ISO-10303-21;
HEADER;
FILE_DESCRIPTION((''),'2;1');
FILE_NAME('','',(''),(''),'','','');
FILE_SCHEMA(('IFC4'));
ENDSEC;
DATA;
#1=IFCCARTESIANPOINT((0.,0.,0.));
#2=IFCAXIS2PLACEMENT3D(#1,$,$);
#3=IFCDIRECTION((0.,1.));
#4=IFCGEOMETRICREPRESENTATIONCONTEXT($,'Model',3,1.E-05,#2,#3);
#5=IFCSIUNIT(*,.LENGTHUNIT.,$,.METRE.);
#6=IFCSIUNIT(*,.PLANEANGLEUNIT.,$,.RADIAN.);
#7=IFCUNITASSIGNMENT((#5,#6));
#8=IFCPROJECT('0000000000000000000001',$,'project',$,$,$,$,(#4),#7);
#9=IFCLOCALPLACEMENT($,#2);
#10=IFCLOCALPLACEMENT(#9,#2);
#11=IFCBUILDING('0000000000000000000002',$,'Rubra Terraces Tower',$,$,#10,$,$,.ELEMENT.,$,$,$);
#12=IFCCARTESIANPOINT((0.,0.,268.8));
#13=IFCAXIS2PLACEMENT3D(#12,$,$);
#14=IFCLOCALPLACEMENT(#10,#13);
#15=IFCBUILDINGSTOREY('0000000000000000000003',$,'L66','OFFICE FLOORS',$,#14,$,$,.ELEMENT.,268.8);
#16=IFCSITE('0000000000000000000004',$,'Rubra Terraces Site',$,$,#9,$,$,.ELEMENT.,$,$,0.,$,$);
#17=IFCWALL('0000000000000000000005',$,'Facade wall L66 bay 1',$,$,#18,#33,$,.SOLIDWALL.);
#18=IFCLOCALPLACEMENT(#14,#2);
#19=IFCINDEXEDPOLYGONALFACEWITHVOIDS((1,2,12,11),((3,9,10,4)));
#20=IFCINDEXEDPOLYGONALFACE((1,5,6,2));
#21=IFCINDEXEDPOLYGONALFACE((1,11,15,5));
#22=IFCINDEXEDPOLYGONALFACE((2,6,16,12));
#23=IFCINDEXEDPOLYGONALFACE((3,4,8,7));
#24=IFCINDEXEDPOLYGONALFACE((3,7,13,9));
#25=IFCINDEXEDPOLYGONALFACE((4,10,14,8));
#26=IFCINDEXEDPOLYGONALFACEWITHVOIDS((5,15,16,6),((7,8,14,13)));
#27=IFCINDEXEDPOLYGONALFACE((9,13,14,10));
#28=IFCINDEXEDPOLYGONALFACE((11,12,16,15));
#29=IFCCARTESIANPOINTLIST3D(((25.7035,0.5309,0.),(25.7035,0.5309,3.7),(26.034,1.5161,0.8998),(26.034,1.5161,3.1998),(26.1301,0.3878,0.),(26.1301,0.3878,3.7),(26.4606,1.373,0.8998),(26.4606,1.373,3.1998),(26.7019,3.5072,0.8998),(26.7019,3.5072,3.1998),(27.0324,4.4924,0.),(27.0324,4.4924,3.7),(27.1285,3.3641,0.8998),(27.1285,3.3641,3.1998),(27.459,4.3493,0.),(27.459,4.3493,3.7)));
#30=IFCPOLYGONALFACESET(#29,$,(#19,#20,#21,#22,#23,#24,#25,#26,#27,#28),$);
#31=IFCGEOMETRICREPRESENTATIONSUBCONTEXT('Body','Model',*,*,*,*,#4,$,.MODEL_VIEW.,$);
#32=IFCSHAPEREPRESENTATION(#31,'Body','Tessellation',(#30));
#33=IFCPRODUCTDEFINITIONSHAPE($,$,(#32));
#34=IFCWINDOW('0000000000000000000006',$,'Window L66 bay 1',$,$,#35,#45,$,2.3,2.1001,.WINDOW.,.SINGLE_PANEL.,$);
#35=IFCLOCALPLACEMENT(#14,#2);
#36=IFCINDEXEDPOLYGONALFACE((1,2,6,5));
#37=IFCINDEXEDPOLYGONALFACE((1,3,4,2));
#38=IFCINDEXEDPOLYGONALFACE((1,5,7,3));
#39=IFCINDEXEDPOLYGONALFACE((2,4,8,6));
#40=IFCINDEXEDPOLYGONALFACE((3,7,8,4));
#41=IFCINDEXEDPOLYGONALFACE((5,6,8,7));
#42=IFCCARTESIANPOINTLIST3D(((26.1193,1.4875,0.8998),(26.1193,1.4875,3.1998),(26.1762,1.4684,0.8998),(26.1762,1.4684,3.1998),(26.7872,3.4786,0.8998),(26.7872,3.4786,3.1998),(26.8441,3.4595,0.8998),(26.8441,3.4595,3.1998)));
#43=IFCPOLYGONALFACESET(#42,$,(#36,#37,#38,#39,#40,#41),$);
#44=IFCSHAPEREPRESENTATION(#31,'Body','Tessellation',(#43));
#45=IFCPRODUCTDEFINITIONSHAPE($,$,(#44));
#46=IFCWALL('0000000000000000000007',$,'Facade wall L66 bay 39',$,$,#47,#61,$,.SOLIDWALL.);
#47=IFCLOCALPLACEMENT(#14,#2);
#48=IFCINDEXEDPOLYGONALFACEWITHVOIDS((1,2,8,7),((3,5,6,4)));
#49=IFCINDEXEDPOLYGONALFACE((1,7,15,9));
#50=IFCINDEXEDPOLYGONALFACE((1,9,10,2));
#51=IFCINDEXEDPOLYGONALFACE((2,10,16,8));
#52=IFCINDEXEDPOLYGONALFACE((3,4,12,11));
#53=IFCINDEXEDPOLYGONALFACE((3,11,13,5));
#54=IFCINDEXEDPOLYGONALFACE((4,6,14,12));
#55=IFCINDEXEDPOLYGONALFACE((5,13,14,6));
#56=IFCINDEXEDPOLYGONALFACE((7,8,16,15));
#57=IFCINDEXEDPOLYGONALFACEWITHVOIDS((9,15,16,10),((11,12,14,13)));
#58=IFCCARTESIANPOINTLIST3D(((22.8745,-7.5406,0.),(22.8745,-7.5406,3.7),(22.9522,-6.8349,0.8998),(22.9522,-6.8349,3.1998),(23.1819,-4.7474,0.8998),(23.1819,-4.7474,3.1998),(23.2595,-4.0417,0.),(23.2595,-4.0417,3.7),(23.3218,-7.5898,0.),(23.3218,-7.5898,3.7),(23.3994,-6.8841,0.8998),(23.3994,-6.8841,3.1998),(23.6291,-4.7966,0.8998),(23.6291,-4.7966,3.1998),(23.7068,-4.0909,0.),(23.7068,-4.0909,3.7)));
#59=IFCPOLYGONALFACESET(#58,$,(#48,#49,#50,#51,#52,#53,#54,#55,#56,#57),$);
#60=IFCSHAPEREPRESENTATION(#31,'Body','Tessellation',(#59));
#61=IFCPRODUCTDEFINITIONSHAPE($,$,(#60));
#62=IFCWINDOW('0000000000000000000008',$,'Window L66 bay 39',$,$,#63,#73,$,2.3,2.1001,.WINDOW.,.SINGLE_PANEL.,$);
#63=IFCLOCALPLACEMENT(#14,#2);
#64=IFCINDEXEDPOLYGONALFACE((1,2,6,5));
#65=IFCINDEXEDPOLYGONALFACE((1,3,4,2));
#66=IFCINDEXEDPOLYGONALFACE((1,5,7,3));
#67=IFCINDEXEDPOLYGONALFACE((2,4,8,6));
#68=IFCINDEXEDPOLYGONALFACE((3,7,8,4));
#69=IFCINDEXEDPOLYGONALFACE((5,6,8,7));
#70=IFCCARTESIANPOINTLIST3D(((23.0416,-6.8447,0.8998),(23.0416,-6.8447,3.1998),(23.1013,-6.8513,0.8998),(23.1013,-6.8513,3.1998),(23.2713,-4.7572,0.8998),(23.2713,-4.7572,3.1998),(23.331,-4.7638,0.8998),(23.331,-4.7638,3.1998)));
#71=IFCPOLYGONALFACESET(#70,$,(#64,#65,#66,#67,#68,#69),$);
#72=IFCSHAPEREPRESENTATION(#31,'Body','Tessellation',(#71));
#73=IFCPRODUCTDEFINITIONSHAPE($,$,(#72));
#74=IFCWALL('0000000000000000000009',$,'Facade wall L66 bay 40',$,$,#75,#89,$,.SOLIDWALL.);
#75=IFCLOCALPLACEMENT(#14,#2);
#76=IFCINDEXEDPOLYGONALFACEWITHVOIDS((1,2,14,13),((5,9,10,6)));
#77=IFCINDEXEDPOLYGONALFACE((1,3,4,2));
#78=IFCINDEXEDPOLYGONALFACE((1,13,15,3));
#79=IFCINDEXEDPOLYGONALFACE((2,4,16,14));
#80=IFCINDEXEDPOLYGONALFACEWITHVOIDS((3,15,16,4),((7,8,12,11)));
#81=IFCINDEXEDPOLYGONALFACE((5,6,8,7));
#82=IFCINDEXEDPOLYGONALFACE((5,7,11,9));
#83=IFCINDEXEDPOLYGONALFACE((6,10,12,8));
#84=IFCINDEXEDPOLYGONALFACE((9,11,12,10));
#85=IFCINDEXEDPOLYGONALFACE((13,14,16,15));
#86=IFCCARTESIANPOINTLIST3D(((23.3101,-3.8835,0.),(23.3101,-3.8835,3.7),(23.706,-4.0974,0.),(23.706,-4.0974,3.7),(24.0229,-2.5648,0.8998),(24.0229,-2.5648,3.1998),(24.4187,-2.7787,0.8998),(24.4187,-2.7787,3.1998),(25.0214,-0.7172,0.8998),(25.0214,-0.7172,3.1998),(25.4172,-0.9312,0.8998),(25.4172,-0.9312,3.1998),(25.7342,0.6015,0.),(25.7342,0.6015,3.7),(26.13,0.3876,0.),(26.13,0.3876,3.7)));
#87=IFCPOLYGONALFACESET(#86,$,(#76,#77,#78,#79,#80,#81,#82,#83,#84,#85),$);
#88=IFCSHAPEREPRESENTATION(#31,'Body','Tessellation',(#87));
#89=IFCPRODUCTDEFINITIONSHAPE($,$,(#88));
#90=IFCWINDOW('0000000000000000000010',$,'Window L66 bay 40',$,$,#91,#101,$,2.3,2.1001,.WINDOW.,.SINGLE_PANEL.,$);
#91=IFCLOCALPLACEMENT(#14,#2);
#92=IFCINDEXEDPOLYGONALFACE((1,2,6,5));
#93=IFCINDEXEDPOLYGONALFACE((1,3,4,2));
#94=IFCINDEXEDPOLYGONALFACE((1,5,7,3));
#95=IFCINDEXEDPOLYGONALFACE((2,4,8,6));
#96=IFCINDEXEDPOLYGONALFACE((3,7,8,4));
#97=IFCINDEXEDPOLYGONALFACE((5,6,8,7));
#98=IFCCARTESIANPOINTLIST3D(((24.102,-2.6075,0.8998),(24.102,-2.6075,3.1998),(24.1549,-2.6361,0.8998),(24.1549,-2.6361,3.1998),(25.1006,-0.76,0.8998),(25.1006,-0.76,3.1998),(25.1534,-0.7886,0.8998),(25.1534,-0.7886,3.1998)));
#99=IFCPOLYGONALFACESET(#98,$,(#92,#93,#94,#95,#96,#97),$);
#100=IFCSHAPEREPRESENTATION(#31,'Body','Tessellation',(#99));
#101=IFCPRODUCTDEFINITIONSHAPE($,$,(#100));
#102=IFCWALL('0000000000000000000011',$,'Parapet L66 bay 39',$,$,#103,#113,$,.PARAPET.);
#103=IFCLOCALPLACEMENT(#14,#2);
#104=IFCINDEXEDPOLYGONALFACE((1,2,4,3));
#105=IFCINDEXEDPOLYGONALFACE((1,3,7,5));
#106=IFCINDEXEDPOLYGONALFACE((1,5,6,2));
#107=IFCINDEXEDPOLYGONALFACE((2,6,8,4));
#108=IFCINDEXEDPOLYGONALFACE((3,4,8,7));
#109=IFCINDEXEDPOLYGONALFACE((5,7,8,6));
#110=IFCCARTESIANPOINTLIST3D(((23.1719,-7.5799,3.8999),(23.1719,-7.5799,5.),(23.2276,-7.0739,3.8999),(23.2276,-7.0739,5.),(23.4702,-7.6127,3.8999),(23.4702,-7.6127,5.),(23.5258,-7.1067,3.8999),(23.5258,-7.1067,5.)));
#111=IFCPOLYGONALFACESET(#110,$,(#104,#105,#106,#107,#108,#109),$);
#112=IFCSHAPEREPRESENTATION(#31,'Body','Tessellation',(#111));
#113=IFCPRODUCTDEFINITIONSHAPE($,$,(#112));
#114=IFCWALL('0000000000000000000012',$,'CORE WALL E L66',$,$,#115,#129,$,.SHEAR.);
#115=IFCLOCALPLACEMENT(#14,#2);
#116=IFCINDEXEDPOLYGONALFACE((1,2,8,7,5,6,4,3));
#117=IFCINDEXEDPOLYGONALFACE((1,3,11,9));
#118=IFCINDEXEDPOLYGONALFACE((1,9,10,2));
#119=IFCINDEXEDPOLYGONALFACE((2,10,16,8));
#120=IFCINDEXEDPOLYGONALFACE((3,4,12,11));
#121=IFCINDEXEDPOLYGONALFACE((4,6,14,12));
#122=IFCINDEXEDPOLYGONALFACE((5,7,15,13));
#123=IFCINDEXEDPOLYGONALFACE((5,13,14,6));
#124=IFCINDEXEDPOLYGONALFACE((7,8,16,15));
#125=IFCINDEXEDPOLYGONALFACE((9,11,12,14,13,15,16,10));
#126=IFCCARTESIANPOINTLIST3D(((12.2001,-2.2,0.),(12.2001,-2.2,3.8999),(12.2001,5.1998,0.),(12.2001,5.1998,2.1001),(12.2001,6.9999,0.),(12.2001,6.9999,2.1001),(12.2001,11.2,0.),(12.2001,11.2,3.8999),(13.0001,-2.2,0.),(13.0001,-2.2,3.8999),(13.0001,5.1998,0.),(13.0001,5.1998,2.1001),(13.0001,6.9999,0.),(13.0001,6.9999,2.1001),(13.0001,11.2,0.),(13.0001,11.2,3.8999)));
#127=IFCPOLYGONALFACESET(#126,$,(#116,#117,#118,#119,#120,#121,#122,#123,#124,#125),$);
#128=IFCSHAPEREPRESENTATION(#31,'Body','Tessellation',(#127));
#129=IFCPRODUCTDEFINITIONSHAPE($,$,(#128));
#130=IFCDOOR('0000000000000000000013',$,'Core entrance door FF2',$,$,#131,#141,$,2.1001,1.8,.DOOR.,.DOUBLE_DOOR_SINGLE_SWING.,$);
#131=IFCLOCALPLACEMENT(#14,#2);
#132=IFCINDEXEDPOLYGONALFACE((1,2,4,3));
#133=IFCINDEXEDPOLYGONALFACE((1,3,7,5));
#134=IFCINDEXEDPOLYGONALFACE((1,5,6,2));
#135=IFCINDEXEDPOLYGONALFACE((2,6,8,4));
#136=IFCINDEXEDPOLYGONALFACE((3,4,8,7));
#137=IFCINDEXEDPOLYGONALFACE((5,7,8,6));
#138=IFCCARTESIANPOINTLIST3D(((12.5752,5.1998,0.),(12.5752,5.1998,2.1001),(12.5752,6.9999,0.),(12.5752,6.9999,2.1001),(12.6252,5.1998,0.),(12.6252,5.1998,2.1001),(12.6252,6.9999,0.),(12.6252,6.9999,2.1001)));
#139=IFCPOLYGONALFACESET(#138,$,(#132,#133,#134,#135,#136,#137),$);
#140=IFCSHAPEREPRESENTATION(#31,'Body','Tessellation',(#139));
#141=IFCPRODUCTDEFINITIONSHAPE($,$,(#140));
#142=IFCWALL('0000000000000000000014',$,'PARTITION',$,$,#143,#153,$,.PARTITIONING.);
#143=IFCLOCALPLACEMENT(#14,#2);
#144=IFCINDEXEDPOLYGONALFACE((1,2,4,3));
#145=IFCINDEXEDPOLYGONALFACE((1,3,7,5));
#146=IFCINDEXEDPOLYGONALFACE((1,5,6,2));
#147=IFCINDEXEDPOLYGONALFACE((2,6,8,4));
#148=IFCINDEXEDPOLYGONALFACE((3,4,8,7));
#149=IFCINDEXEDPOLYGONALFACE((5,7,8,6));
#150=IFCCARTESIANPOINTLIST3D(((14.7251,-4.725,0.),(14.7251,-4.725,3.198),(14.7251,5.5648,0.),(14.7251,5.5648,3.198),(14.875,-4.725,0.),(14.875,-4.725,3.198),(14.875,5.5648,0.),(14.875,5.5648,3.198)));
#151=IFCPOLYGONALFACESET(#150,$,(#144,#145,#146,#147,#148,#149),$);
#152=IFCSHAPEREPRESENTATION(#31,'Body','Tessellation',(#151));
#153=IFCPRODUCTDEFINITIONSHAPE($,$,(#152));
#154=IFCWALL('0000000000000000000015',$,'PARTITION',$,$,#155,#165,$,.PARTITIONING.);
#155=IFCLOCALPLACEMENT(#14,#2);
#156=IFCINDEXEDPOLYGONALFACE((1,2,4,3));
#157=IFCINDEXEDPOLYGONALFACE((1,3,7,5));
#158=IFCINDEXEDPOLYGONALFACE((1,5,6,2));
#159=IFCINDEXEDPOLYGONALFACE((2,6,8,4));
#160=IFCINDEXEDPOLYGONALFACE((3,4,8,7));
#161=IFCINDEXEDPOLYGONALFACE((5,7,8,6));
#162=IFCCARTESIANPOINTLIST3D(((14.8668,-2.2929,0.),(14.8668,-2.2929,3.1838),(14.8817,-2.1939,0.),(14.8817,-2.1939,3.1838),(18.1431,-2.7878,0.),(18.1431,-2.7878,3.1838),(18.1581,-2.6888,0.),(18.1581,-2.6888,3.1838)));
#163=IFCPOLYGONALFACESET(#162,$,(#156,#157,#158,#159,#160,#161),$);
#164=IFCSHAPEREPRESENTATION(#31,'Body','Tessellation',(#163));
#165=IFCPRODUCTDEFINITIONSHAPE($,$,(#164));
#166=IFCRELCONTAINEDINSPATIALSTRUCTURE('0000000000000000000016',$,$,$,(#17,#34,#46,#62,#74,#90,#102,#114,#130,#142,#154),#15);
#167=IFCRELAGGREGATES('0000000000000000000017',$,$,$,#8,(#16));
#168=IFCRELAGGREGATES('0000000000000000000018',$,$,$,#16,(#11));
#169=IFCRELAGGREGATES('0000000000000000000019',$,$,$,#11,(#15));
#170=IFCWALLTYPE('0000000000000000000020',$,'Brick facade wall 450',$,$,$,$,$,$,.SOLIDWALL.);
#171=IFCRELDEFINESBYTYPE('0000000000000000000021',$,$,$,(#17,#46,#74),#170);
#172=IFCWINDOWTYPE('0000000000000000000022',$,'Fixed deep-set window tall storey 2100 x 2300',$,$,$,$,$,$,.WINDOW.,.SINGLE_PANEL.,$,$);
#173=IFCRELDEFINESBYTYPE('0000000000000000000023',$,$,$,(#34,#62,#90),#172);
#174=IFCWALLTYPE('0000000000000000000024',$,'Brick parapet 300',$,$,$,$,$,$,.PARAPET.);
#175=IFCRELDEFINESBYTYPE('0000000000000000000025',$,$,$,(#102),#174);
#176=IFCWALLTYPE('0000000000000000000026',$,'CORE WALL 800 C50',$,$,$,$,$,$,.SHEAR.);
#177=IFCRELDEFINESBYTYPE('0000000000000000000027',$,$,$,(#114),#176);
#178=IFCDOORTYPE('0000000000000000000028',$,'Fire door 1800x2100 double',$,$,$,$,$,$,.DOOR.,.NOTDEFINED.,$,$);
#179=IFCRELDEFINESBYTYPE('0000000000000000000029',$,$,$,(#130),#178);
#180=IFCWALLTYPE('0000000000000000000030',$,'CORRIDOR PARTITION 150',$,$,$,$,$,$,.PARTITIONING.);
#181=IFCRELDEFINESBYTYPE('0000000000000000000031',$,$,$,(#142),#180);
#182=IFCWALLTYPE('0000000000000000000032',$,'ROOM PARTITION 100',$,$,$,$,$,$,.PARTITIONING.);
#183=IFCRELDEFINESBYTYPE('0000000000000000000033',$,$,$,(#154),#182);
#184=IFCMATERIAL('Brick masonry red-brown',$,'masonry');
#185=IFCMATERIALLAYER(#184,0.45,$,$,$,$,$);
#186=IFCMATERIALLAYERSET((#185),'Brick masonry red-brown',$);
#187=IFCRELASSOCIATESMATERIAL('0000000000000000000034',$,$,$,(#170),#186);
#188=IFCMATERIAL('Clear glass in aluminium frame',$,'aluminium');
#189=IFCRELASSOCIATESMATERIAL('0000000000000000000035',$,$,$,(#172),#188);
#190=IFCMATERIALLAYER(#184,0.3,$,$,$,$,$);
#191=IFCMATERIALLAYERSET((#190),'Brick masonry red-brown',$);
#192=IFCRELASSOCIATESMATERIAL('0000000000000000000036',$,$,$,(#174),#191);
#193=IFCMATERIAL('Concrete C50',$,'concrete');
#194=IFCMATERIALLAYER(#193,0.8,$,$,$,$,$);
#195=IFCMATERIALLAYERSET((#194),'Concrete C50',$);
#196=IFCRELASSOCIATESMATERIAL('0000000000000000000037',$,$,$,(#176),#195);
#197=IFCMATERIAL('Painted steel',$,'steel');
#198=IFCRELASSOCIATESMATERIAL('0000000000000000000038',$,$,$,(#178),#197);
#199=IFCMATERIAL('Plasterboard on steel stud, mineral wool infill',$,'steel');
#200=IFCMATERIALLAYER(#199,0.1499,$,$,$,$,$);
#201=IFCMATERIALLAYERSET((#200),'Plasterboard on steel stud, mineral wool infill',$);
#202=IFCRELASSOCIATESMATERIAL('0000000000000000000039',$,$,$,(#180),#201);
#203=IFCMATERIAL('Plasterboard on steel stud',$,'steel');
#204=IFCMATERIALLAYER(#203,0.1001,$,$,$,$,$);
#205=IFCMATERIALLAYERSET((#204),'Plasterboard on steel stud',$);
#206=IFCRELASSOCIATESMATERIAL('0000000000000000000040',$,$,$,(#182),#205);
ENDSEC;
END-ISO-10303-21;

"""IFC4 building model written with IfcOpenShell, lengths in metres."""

from ifc_helpers import new_model, si_unit, direction, frame, frame_2d, origin, place, context, subcontext, project, spatial, rectangle, extrude, material, layer, layer_set, type_object, element, fill, save


model = new_model("IFC4")

# Units and contexts
model_context = context("Model", 3, precision=1e-05, world=origin(), true_north=direction((0.0, 1.0)))
body_context = subcontext(model_context, "Body", "Model", "MODEL_VIEW")
ifc_project = project(units=[si_unit("LENGTHUNIT", "METRE"), si_unit("PLANEANGLEUNIT", "RADIAN")], contexts=[model_context])

# Site, building, storey
site_placement = place(None, origin())
site = spatial("IfcSite", under=ifc_project, at=site_placement, Name="Rubra Terraces Site", CompositionType="ELEMENT", RefElevation=0.0)
building_placement = place(site_placement, origin())
building = spatial("IfcBuilding", under=site, at=building_placement, Name="Rubra Terraces Tower", CompositionType="ELEMENT")
storey_placement = place(building_placement, frame((0.0, 0.0, 268.8)))
storey = spatial("IfcBuildingStorey", under=building, at=storey_placement, Name="L66", Description="OFFICE FLOORS", CompositionType="ELEMENT", Elevation=268.8)

# Shared definitions
ifc_material_1 = material(Name="Concrete C50", Category="concrete")

# Walls, openings, windows
ifc_material_2 = material(Name="Brick masonry red-brown", Category="masonry")
ifc_layer_1 = layer(ifc_material_2, 0.45)
ifc_layer_set_1 = layer_set([ifc_layer_1], Name="Brick masonry red-brown")
wall_type_1 = type_object("IfcWallType", Name="Brick facade wall 450", PredefinedType="SOLIDWALL", material=ifc_layer_set_1)
wall_1_placement = place(storey_placement, frame((25.9167, 0.4592, 0.0), z_axis=(0.0, 0.0, 1.0), x_axis=(0.318033, 0.94808, 0.0)))
wall_1 = element("IfcWall", 1, at=wall_1_placement, inside=storey, type_object=wall_type_1, Name="Facade wall L66 bay 1", PredefinedType="SOLIDWALL", context=body_context, shape_type="SweptSolid", body=[
    extrude(rectangle(XDim=4.1785, YDim=0.45, at=frame_2d((2.0894, 0.0))), origin(), (0.0, 0.0, 1.0), 3.7),
])
opening_1_placement = place(wall_1_placement, frame((1.0393, 0.0, 0.8999)))
opening_1 = element("IfcOpeningElement", 2, at=opening_1_placement, cuts=wall_1, PredefinedType="OPENING", context=body_context, shape_type="SweptSolid", body=[
    extrude(rectangle(XDim=2.1001, YDim=2.3, at=frame_2d((1.05, 1.1499))), frame((0.0, 0.2349, 0.0), z_axis=(0.0, -1.0, 0.0), x_axis=(1.0, 0.0, 0.0)), (0.0, 0.0, 1.0), 0.47),
])
ifc_material_3 = material(Name="Clear glass in aluminium frame", Category="aluminium")
window_type = type_object("IfcWindowType", Name="Fixed deep-set window tall storey 2100 x 2300", PartitioningType="SINGLE_PANEL", PredefinedType="WINDOW", material=ifc_material_3)
window_1_placement = place(opening_1_placement, origin())
window_1 = element("IfcWindow", 3, at=window_1_placement, inside=storey, type_object=window_type, Name="Window L66 bay 1", OverallHeight=2.3, OverallWidth=2.1001, PartitioningType="SINGLE_PANEL", PredefinedType="WINDOW", context=body_context, shape_type="SweptSolid", body=[
    extrude(rectangle(XDim=2.1001, YDim=2.3, at=frame_2d((1.05, 1.1499))), frame((0.0, 0.135, 0.0), z_axis=(0.0, -1.0, 0.0), x_axis=(1.0, 0.0, 0.0)), (0.0, 0.0, 1.0), 0.0601),
])
fill(opening_1, window_1)
wall_2_placement = place(storey_placement, frame((23.0981, -7.5652, 0.0), z_axis=(0.0, 0.0, 1.0), x_axis=(0.109381, 0.994, 0.0)))
wall_2 = element("IfcWall", 4, at=wall_2_placement, inside=storey, type_object=wall_type_1, Name="Facade wall L66 bay 39", PredefinedType="SOLIDWALL", context=body_context, shape_type="SweptSolid", body=[
    extrude(rectangle(XDim=3.52, YDim=0.45, at=frame_2d((1.76, 0.0))), origin(), (0.0, 0.0, 1.0), 3.7),
])
opening_2_placement = place(wall_2_placement, frame((0.71, 0.0, 0.8999)))
opening_2 = element("IfcOpeningElement", 5, at=opening_2_placement, cuts=wall_2, PredefinedType="OPENING", context=body_context, shape_type="SweptSolid", body=[
    extrude(rectangle(XDim=2.1001, YDim=2.3, at=frame_2d((1.05, 1.1499))), frame((0.0, 0.2349, 0.0), z_axis=(0.0, -1.0, 0.0), x_axis=(1.0, 0.0, 0.0)), (0.0, 0.0, 1.0), 0.47),
])
window_2_placement = place(opening_2_placement, origin())
window_2 = element("IfcWindow", 6, at=window_2_placement, inside=storey, type_object=window_type, Name="Window L66 bay 39", OverallHeight=2.3, OverallWidth=2.1001, PartitioningType="SINGLE_PANEL", PredefinedType="WINDOW", context=body_context, shape_type="SweptSolid", body=[
    extrude(rectangle(XDim=2.1001, YDim=2.3, at=frame_2d((1.05, 1.1499))), frame((0.0, 0.135, 0.0), z_axis=(0.0, -1.0, 0.0), x_axis=(1.0, 0.0, 0.0)), (0.0, 0.0, 1.0), 0.0601),
])
fill(opening_2, window_2)
wall_3_placement = place(storey_placement, frame((23.5081, -3.9905, 0.0), z_axis=(0.0, 0.0, 1.0), x_axis=(0.47547, 0.879732, 0.0)))
wall_3 = element("IfcWall", 7, at=wall_3_placement, inside=storey, type_object=wall_type_1, Name="Facade wall L66 bay 40", PredefinedType="SOLIDWALL", context=body_context, shape_type="SweptSolid", body=[
    extrude(rectangle(XDim=5.0981, YDim=0.45, at=frame_2d((2.5491, 0.0))), origin(), (0.0, 0.0, 1.0), 3.7),
])
opening_3_placement = place(wall_3_placement, frame((1.499, 0.0, 0.8999)))
opening_3 = element("IfcOpeningElement", 8, at=opening_3_placement, cuts=wall_3, PredefinedType="OPENING", context=body_context, shape_type="SweptSolid", body=[
    extrude(rectangle(XDim=2.1001, YDim=2.3, at=frame_2d((1.05, 1.1499))), frame((0.0, 0.2349, 0.0), z_axis=(0.0, -1.0, 0.0), x_axis=(1.0, 0.0, 0.0)), (0.0, 0.0, 1.0), 0.47),
])
window_3_placement = place(opening_3_placement, origin())
window_3 = element("IfcWindow", 9, at=window_3_placement, inside=storey, type_object=window_type, Name="Window L66 bay 40", OverallHeight=2.3, OverallWidth=2.1001, PartitioningType="SINGLE_PANEL", PredefinedType="WINDOW", context=body_context, shape_type="SweptSolid", body=[
    extrude(rectangle(XDim=2.1001, YDim=2.3, at=frame_2d((1.05, 1.1499))), frame((0.0, 0.135, 0.0), z_axis=(0.0, -1.0, 0.0), x_axis=(1.0, 0.0, 0.0)), (0.0, 0.0, 1.0), 0.0601),
])
fill(opening_3, window_3)

# Wall
ifc_layer_2 = layer(ifc_material_2, 0.3)
ifc_layer_set_2 = layer_set([ifc_layer_2], Name="Brick masonry red-brown")
wall_type_2 = type_object("IfcWallType", Name="Brick parapet 300", PredefinedType="PARAPET", material=ifc_layer_set_2)
wall_4_placement = place(storey_placement, frame((23.321, -7.5962, 3.8999), z_axis=(0.0, 0.0, 1.0), x_axis=(0.109378, 0.994, 0.0)))
element("IfcWall", 10, at=wall_4_placement, inside=storey, type_object=wall_type_2, Name="Parapet L66 bay 39", PredefinedType="PARAPET", context=body_context, shape_type="SweptSolid", body=[
    extrude(rectangle(XDim=0.509, YDim=0.3, at=frame_2d((0.2544, 0.0))), origin(), (0.0, 0.0, 1.0), 1.1001),
])

# Wall, opening, door
ifc_layer_3 = layer(ifc_material_1, 0.8)
ifc_layer_set_3 = layer_set([ifc_layer_3], Name="Concrete C50")
wall_type_3 = type_object("IfcWallType", Name="CORE WALL 800 C50", PredefinedType="SHEAR", material=ifc_layer_set_3)
wall_5_placement = place(storey_placement, frame((12.6001, -2.2, 0.0), z_axis=(0.0, 0.0, 1.0), x_axis=(0.0, 1.0, 0.0)))
wall_5 = element("IfcWall", 11, at=wall_5_placement, inside=storey, type_object=wall_type_3, Name="CORE WALL E L66", PredefinedType="SHEAR", context=body_context, shape_type="SweptSolid", body=[
    extrude(rectangle(XDim=13.3999, YDim=0.8, at=frame_2d((6.7, 0.0))), origin(), (0.0, 0.0, 1.0), 3.8999),
])
opening_4_placement = place(wall_5_placement, frame((7.3999, 0.0, 0.0)))
opening_4 = element("IfcOpeningElement", 12, at=opening_4_placement, cuts=wall_5, PredefinedType="OPENING", context=body_context, shape_type="SweptSolid", body=[
    extrude(rectangle(XDim=1.8, YDim=2.1001, at=frame_2d((0.8999, 1.05))), frame((0.0, 0.4099, 0.0), z_axis=(0.0, -1.0, 0.0), x_axis=(1.0, 0.0, 0.0)), (0.0, 0.0, 1.0), 0.8201),
])
ifc_material_4 = material(Name="Painted steel", Category="steel")
door_type = type_object("IfcDoorType", Name="Fire door 1800x2100 double", OperationType="NOTDEFINED", PredefinedType="DOOR", material=ifc_material_4)
door_placement = place(opening_4_placement, origin())
door = element("IfcDoor", 13, at=door_placement, inside=storey, type_object=door_type, Name="Core entrance door FF2", OperationType="DOUBLE_DOOR_SINGLE_SWING", OverallHeight=2.1001, OverallWidth=1.8, PredefinedType="DOOR", context=body_context, shape_type="SweptSolid", body=[
    extrude(rectangle(XDim=1.8, YDim=2.1001, at=frame_2d((0.8999, 1.05))), frame((0.0, 0.0249, 0.0), z_axis=(0.0, -1.0, 0.0), x_axis=(1.0, 0.0, 0.0)), (0.0, 0.0, 1.0), 0.05),
])
fill(opening_4, door)

# Walls
ifc_material_5 = material(Name="Plasterboard on steel stud, mineral wool infill", Category="steel")
ifc_layer_4 = layer(ifc_material_5, 0.1499)
ifc_layer_set_4 = layer_set([ifc_layer_4], Name="Plasterboard on steel stud, mineral wool infill")
wall_type_4 = type_object("IfcWallType", Name="CORRIDOR PARTITION 150", PredefinedType="PARTITIONING", material=ifc_layer_set_4)
wall_6_placement = place(storey_placement, frame((14.8, -4.7251, 0.0), z_axis=(0.0, 0.0, 1.0), x_axis=(0.0, 1.0, 0.0)))
element("IfcWall", 14, at=wall_6_placement, inside=storey, type_object=wall_type_4, Name="PARTITION", PredefinedType="PARTITIONING", context=body_context, shape_type="SweptSolid", body=[
    extrude(rectangle(XDim=10.2898, YDim=0.1499, at=frame_2d((5.145, 0.0))), origin(), (0.0, 0.0, 1.0), 3.198),
])
ifc_material_6 = material(Name="Plasterboard on steel stud", Category="steel")
ifc_layer_5 = layer(ifc_material_6, 0.1001)
ifc_layer_set_5 = layer_set([ifc_layer_5], Name="Plasterboard on steel stud")
wall_type_5 = type_object("IfcWallType", Name="ROOM PARTITION 100", PredefinedType="PARTITIONING", material=ifc_layer_set_5)
wall_7_placement = place(storey_placement, frame((14.8743, -2.2434, 0.0), z_axis=(0.0, 0.0, 1.0), x_axis=(0.988785, -0.149349, 0.0)))
element("IfcWall", 15, at=wall_7_placement, inside=storey, type_object=wall_type_5, Name="PARTITION", PredefinedType="PARTITIONING", context=body_context, shape_type="SweptSolid", body=[
    extrude(rectangle(XDim=3.3135, YDim=0.1001, at=frame_2d((1.6567, 0.0))), origin(), (0.0, 0.0, 1.0), 3.1838),
])

save(model, "model.ifc")
